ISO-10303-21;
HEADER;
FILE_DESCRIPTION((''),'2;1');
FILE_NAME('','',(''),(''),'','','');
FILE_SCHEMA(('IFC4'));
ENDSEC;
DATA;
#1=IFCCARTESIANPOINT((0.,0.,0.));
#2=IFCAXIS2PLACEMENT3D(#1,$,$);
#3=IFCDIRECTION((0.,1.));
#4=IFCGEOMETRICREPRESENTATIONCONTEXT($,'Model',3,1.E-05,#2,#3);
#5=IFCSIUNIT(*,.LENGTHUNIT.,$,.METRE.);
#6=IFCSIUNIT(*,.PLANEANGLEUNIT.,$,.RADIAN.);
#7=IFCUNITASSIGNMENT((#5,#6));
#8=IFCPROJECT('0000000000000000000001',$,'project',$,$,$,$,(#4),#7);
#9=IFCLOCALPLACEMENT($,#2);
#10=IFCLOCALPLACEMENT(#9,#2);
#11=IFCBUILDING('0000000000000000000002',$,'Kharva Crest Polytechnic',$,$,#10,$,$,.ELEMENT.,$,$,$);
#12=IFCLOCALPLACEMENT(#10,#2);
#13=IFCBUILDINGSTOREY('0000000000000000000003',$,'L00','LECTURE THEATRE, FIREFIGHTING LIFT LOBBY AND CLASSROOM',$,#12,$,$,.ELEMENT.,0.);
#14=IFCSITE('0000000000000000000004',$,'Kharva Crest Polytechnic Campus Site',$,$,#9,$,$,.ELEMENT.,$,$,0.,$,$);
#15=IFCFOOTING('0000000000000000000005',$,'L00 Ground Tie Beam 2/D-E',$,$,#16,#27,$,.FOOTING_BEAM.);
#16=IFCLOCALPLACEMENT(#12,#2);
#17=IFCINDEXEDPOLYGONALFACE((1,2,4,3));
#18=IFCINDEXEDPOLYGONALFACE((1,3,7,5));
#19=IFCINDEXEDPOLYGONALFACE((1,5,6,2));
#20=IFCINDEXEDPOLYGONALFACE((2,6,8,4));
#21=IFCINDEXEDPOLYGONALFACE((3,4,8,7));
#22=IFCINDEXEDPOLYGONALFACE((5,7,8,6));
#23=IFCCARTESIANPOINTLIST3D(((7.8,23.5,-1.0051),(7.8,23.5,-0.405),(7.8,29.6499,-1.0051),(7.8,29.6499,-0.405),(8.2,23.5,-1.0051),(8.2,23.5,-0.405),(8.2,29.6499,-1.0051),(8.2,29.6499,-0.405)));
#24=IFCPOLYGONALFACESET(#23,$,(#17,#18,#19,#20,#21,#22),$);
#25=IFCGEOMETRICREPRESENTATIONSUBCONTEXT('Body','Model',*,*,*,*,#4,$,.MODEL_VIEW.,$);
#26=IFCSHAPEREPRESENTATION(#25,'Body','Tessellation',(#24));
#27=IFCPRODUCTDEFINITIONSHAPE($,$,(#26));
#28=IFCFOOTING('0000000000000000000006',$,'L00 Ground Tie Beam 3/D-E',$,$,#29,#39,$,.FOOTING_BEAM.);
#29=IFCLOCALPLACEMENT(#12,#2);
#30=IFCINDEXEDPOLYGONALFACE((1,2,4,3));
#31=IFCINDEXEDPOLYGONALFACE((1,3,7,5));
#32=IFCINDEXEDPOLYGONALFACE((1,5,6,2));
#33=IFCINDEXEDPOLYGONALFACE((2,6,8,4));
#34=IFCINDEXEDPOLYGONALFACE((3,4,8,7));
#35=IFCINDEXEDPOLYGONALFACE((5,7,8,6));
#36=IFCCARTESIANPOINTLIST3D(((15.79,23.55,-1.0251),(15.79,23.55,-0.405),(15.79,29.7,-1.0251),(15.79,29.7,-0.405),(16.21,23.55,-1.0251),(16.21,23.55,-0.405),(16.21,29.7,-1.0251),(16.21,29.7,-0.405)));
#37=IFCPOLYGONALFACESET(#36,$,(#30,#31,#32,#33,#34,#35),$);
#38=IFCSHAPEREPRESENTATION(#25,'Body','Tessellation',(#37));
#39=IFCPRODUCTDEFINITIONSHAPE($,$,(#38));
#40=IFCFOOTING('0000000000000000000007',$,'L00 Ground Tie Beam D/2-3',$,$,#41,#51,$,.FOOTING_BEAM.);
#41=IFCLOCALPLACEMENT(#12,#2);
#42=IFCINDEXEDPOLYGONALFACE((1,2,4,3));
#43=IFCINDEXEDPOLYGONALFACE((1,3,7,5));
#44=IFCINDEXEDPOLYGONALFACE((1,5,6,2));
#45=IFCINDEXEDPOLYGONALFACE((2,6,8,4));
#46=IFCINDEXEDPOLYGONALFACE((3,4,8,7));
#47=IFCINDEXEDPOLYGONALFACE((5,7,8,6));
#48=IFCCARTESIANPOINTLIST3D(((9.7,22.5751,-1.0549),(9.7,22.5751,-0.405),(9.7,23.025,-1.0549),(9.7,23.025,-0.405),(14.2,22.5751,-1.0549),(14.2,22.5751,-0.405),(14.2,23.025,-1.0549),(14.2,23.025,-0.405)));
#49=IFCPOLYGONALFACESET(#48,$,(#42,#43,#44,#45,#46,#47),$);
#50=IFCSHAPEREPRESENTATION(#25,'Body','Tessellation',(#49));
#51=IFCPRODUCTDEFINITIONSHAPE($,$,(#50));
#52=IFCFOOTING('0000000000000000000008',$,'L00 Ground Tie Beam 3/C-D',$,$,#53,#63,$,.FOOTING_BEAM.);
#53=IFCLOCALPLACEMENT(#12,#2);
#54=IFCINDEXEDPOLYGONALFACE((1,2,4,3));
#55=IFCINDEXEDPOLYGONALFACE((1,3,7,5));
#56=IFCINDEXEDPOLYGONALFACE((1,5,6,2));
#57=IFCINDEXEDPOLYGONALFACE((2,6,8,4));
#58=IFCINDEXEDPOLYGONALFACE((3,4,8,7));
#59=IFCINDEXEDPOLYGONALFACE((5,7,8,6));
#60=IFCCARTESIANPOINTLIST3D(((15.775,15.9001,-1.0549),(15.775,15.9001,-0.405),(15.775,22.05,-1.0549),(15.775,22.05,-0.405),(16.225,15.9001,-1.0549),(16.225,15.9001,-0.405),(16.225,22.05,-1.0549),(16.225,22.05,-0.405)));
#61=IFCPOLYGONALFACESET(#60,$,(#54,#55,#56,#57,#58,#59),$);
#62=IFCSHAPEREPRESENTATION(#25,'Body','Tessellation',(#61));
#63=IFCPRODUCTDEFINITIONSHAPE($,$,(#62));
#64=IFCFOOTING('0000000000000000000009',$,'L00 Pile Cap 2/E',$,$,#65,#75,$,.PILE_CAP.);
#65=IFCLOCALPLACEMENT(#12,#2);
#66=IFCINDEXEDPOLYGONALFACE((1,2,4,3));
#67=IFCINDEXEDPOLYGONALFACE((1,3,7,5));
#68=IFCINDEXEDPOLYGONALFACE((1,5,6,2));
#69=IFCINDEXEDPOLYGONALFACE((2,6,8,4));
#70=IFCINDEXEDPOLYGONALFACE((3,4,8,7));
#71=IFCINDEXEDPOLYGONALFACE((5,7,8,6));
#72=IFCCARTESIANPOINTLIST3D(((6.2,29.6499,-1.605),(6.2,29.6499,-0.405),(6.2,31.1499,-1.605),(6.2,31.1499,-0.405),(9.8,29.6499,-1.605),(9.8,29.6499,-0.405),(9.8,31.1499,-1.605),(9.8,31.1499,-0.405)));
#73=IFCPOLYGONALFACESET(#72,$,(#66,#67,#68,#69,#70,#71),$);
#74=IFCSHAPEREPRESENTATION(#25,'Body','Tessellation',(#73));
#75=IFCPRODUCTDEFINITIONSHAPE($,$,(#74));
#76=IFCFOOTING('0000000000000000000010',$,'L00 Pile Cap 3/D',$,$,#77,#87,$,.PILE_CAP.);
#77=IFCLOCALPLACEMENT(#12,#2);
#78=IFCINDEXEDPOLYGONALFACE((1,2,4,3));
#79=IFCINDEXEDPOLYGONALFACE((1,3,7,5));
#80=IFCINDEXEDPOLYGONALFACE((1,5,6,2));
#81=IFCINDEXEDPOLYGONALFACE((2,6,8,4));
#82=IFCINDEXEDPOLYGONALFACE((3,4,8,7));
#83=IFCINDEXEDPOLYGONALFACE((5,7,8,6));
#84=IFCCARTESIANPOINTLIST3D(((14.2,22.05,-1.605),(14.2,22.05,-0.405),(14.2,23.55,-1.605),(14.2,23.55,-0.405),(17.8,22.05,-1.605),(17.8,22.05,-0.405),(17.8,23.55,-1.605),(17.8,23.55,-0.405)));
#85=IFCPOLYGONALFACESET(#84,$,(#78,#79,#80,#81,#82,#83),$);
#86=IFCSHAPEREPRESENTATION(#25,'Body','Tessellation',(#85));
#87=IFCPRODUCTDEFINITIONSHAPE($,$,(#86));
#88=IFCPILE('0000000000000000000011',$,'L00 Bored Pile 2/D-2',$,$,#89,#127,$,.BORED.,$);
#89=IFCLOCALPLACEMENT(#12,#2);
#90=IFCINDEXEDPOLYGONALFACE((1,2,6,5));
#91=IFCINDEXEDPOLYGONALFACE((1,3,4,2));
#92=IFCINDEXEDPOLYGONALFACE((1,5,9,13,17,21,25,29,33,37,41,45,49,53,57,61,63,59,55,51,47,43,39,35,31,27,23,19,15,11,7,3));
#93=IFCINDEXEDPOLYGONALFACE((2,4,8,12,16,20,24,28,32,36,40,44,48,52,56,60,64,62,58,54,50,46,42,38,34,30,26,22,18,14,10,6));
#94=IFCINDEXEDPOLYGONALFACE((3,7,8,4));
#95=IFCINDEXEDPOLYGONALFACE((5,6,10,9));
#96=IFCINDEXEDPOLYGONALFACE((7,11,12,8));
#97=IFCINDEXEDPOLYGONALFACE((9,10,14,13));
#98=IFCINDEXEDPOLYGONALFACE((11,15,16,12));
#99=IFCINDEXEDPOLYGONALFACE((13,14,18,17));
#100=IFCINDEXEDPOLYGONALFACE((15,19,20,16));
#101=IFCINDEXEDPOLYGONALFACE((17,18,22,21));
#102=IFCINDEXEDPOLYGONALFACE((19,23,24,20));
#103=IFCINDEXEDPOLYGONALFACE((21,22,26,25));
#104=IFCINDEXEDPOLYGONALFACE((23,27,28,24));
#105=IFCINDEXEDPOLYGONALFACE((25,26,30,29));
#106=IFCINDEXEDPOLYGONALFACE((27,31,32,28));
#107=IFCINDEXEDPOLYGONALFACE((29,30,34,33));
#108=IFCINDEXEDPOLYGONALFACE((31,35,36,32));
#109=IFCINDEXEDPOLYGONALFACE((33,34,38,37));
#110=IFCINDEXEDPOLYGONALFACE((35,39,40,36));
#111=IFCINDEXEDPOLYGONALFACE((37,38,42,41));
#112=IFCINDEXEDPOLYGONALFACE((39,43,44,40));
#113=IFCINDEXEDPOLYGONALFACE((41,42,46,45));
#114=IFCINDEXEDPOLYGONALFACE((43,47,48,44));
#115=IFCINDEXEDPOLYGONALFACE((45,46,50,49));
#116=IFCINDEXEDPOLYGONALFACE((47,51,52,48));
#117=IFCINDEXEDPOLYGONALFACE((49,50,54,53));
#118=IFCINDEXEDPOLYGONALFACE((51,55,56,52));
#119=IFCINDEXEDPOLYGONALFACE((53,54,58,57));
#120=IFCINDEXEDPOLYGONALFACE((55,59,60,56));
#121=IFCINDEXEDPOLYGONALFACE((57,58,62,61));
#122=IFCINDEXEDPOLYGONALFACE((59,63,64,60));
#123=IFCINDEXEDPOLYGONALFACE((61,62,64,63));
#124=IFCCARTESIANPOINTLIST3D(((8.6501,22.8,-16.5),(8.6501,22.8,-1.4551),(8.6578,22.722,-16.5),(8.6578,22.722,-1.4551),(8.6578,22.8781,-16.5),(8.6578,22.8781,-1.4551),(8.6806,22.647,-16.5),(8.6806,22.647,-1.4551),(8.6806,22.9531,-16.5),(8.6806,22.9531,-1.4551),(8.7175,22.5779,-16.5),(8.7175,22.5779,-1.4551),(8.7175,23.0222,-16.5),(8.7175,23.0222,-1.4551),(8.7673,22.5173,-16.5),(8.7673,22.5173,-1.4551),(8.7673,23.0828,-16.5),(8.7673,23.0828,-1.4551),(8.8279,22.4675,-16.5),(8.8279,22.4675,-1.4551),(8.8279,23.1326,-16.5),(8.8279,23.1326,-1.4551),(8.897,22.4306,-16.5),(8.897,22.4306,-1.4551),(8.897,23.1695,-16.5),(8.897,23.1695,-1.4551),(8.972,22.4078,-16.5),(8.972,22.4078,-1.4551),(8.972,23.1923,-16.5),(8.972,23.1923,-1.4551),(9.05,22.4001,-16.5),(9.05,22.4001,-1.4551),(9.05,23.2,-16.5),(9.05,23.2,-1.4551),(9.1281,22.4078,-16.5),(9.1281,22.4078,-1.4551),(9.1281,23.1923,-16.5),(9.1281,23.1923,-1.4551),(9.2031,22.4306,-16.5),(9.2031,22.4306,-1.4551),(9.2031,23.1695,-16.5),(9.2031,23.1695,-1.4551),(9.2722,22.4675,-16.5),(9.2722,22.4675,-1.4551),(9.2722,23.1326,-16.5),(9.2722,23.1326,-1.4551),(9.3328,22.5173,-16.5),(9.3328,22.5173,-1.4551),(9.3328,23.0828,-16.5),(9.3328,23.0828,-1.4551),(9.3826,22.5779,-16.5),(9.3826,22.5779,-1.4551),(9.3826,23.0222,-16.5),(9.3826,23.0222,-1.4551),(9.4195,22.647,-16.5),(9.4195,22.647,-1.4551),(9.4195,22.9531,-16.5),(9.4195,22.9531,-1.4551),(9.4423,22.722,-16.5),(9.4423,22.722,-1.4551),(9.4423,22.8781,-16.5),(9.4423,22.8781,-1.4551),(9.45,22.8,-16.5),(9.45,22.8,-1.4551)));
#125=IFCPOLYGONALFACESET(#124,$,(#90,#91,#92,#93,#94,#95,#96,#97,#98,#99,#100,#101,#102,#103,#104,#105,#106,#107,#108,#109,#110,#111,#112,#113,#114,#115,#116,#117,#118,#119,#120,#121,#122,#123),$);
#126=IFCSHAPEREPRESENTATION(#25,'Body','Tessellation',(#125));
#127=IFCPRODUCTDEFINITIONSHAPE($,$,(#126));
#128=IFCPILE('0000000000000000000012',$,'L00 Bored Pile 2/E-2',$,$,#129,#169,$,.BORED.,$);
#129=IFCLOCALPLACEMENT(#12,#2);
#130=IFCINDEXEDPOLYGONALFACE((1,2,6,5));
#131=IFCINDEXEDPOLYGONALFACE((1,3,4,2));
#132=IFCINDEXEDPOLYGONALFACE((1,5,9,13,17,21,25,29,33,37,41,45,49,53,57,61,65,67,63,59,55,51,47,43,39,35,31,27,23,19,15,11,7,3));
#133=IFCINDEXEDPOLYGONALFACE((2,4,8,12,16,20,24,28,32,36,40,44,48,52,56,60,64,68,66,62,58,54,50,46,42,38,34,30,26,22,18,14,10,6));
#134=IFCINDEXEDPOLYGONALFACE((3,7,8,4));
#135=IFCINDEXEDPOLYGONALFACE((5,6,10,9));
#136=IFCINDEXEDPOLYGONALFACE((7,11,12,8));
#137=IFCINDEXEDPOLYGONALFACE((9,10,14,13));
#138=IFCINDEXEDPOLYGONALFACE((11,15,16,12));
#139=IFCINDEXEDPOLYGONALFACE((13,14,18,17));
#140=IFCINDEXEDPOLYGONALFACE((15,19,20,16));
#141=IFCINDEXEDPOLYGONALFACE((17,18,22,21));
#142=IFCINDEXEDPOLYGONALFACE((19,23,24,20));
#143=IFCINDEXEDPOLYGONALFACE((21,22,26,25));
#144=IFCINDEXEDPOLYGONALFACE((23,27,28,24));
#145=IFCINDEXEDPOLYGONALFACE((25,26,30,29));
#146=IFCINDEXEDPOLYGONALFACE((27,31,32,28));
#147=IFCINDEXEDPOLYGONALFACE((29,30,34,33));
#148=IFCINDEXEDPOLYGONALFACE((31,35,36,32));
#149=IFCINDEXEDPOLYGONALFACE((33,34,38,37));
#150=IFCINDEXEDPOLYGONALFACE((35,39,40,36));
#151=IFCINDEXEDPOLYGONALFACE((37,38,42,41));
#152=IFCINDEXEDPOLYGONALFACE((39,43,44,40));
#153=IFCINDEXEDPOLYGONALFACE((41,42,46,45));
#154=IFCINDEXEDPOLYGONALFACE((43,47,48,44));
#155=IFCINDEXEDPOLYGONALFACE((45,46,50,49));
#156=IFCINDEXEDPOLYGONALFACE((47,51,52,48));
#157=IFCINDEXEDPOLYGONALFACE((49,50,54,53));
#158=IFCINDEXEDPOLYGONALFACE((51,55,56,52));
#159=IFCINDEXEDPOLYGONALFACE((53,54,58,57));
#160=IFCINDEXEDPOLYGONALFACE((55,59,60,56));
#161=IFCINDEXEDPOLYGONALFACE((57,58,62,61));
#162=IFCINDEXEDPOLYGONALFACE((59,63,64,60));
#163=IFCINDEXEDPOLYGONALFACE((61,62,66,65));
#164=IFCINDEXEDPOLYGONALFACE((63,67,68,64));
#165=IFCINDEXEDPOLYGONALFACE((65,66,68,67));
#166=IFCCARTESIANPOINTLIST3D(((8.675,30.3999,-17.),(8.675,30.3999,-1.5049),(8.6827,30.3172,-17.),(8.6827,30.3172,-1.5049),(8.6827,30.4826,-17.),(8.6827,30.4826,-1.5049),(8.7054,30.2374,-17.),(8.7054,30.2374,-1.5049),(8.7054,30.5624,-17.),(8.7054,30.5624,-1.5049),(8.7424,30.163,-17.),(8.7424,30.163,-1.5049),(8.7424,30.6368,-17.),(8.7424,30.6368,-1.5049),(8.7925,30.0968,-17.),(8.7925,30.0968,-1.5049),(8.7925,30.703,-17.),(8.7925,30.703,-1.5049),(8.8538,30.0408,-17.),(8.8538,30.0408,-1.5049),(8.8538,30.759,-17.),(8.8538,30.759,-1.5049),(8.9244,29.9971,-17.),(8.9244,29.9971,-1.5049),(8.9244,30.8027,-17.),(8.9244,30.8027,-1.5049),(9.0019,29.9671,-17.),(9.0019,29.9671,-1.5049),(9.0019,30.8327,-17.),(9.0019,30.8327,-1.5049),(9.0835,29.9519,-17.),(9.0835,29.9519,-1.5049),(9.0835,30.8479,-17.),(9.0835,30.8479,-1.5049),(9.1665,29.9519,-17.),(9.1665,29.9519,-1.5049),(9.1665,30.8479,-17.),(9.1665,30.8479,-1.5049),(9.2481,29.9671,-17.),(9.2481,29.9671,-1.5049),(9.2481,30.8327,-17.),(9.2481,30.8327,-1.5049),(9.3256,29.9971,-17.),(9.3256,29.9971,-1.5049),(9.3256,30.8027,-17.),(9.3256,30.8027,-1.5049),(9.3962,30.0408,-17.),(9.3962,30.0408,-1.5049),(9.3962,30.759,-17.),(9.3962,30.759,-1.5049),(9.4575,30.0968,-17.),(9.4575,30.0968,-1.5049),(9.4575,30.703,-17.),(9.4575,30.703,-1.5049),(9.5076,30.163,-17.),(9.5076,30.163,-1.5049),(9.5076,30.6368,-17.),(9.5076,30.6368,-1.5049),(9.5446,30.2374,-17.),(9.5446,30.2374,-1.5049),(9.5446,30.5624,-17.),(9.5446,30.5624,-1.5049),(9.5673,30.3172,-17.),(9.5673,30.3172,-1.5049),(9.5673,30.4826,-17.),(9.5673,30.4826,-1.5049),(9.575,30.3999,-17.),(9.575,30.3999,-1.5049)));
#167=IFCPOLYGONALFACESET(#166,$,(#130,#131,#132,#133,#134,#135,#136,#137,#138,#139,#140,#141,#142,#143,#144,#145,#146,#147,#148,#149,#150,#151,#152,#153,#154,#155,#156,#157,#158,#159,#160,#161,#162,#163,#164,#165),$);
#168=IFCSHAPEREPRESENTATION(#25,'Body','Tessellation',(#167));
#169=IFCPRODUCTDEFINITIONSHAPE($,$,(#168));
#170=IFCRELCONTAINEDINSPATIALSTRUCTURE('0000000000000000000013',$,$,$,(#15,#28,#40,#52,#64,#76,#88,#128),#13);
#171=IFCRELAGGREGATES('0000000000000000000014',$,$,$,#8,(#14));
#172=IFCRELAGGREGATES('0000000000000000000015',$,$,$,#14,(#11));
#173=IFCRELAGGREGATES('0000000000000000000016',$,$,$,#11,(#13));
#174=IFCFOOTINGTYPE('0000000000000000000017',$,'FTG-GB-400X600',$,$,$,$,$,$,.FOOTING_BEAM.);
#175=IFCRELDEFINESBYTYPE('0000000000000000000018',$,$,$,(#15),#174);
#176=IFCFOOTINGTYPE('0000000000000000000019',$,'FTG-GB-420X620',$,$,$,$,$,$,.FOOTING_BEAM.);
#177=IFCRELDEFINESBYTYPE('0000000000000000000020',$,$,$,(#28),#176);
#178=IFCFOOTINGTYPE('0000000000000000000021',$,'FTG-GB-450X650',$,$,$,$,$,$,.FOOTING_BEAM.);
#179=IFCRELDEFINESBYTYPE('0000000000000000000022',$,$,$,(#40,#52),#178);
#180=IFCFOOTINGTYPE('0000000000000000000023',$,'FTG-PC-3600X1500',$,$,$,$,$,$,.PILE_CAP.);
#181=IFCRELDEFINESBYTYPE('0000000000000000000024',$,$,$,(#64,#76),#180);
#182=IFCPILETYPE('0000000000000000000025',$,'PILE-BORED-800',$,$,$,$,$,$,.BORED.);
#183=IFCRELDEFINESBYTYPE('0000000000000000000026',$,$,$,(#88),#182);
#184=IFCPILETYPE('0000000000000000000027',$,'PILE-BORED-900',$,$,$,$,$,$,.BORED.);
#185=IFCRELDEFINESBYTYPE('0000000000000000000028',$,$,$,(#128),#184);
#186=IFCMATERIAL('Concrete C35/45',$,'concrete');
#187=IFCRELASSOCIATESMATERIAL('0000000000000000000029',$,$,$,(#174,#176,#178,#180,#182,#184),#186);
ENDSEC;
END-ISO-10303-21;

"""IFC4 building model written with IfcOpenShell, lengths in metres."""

from ifc_helpers import new_model, si_unit, direction, frame, origin, origin_2d, place, context, subcontext, project, spatial, rectangle, circle, extrude, material, material_profile, profile_set, type_object, element, save


model = new_model("IFC4")

# Units and contexts
model_context = context("Model", 3, precision=1e-05, world=origin(), true_north=direction((0.0, 1.0)))
body_context = subcontext(model_context, "Body", "Model", "MODEL_VIEW")
ifc_project = project(units=[si_unit("LENGTHUNIT", "METRE"), si_unit("PLANEANGLEUNIT", "RADIAN")], contexts=[model_context])

# Site, building, storey
site_placement = place(None, origin())
site = spatial("IfcSite", under=ifc_project, at=site_placement, Name="Kharva Crest Polytechnic Campus Site", CompositionType="ELEMENT", RefElevation=0.0)
building_placement = place(site_placement, origin())
building = spatial("IfcBuilding", under=site, at=building_placement, Name="Kharva Crest Polytechnic", CompositionType="ELEMENT")
storey_placement = place(building_placement, origin())
storey = spatial("IfcBuildingStorey", under=building, at=storey_placement, Name="L00", Description="LECTURE THEATRE, FIREFIGHTING LIFT LOBBY AND CLASSROOM", CompositionType="ELEMENT", Elevation=0.0)

# Footings
ifc_material_1 = material(Name="Concrete C35/45", Category="concrete")
footing_type_1 = type_object("IfcFootingType", Name="FTG-GB-400X600", PredefinedType="FOOTING_BEAM", material=ifc_material_1)
footing_1_placement = place(storey_placement, frame((8.0, 26.575, -1.0051), z_axis=(0.0, 0.0, 1.0), x_axis=(0.0, 1.0, 0.0)))
element("IfcFooting", 1, at=footing_1_placement, inside=storey, type_object=footing_type_1, Name="L00 Ground Tie Beam 2/D-E", PredefinedType="FOOTING_BEAM", context=body_context, shape_type="SweptSolid", body=[
    extrude(rectangle(XDim=6.1499, YDim=0.3999, at=origin_2d()), origin(), (0.0, 0.0, 1.0), 0.6001),
])
footing_type_2 = type_object("IfcFootingType", Name="FTG-GB-420X620", PredefinedType="FOOTING_BEAM", material=ifc_material_1)
footing_2_placement = place(storey_placement, frame((16.0, 26.625, -1.0251), z_axis=(0.0, 0.0, 1.0), x_axis=(0.0, 1.0, 0.0)))
element("IfcFooting", 2, at=footing_2_placement, inside=storey, type_object=footing_type_2, Name="L00 Ground Tie Beam 3/D-E", PredefinedType="FOOTING_BEAM", context=body_context, shape_type="SweptSolid", body=[
    extrude(rectangle(XDim=6.1499, YDim=0.4199, at=origin_2d()), origin(), (0.0, 0.0, 1.0), 0.6201),
])
footing_type_3 = type_object("IfcFootingType", Name="FTG-GB-450X650", PredefinedType="FOOTING_BEAM", material=ifc_material_1)
footing_3_placement = place(storey_placement, frame((11.95, 22.8, -1.0549), z_axis=(0.0, 0.0, 1.0), x_axis=(1.0, 0.0, 0.0)))
element("IfcFooting", 3, at=footing_3_placement, inside=storey, type_object=footing_type_3, Name="L00 Ground Tie Beam D/2-3", PredefinedType="FOOTING_BEAM", context=body_context, shape_type="SweptSolid", body=[
    extrude(rectangle(XDim=4.5, YDim=0.45, at=origin_2d()), origin(), (0.0, 0.0, 1.0), 0.6499),
])
footing_4_placement = place(storey_placement, frame((16.0, 18.9751, -1.0549), z_axis=(0.0, 0.0, 1.0), x_axis=(0.0, 1.0, 0.0)))
element("IfcFooting", 4, at=footing_4_placement, inside=storey, type_object=footing_type_3, Name="L00 Ground Tie Beam 3/C-D", PredefinedType="FOOTING_BEAM", context=body_context, shape_type="SweptSolid", body=[
    extrude(rectangle(XDim=6.1499, YDim=0.45, at=origin_2d()), origin(), (0.0, 0.0, 1.0), 0.6499),
])
footing_type_4 = type_object("IfcFootingType", Name="FTG-PC-3600X1500", PredefinedType="PILE_CAP", material=ifc_material_1)
for number, where, z_axis, x_axis, name in (
    (5, (8.0, 30.3999, -1.605), (0.0, 0.0, 1.0), (1.0, 0.0, 0.0), "L00 Pile Cap 2/E"),
    (6, (16.0, 22.8, -1.605), (0.0, 0.0, 1.0), (1.0, 0.0, 0.0), "L00 Pile Cap 3/D"),
):
    element("IfcFooting", number, at=place(storey_placement, frame(where, z_axis=z_axis, x_axis=x_axis)), inside=storey, type_object=footing_type_4, Name=name, PredefinedType="PILE_CAP", context=body_context, shape_type="SweptSolid", body=[
        extrude(rectangle(XDim=3.6001, YDim=1.5, at=origin_2d()), origin(), (0.0, 0.0, 1.0), 1.2),
    ])

# Piles
ifc_material_profile_1 = material_profile(ifc_material_1, circle(Radius=0.3999, at=origin_2d()), Name="DIA 800")
ifc_profile_set_1 = profile_set([ifc_material_profile_1], Name="Concrete C35/45")
pile_type_1 = type_object("IfcPileType", Name="PILE-BORED-800", PredefinedType="BORED", material=ifc_profile_set_1)
pile_placement = place(storey_placement, frame((9.05, 22.8, -1.4551), z_axis=(0.0, 0.0, -1.0), x_axis=(1.0, 0.0, 0.0)))
element("IfcPile", 7, at=pile_placement, inside=storey, type_object=pile_type_1, Name="L00 Bored Pile 2/D-2", PredefinedType="BORED", context=body_context, shape_type="SweptSolid", body=[
    extrude(circle(Radius=0.3999, at=origin_2d()), origin(), (0.0, 0.0, 1.0), 15.0449),
])
ifc_material_profile_2 = material_profile(ifc_material_1, circle(Radius=0.45, at=origin_2d()), Name="DIA 900")
ifc_profile_set_2 = profile_set([ifc_material_profile_2], Name="Concrete C35/45")
pile_type_2 = type_object("IfcPileType", Name="PILE-BORED-900", PredefinedType="BORED", material=ifc_profile_set_2)
for number, where, z_axis, x_axis, name in (
    (8, (9.125, 30.3999, -1.5049), (0.0, 0.0, -1.0), (1.0, 0.0, 0.0), "L00 Bored Pile 2/E-2"),
):
    element("IfcPile", number, at=place(storey_placement, frame(where, z_axis=z_axis, x_axis=x_axis)), inside=storey, type_object=pile_type_2, Name=name, PredefinedType="BORED", context=body_context, shape_type="SweptSolid", body=[
        extrude(circle(Radius=0.45, at=origin_2d()), origin(), (0.0, 0.0, 1.0), 15.4951),
    ])

save(model, "model.ifc")
